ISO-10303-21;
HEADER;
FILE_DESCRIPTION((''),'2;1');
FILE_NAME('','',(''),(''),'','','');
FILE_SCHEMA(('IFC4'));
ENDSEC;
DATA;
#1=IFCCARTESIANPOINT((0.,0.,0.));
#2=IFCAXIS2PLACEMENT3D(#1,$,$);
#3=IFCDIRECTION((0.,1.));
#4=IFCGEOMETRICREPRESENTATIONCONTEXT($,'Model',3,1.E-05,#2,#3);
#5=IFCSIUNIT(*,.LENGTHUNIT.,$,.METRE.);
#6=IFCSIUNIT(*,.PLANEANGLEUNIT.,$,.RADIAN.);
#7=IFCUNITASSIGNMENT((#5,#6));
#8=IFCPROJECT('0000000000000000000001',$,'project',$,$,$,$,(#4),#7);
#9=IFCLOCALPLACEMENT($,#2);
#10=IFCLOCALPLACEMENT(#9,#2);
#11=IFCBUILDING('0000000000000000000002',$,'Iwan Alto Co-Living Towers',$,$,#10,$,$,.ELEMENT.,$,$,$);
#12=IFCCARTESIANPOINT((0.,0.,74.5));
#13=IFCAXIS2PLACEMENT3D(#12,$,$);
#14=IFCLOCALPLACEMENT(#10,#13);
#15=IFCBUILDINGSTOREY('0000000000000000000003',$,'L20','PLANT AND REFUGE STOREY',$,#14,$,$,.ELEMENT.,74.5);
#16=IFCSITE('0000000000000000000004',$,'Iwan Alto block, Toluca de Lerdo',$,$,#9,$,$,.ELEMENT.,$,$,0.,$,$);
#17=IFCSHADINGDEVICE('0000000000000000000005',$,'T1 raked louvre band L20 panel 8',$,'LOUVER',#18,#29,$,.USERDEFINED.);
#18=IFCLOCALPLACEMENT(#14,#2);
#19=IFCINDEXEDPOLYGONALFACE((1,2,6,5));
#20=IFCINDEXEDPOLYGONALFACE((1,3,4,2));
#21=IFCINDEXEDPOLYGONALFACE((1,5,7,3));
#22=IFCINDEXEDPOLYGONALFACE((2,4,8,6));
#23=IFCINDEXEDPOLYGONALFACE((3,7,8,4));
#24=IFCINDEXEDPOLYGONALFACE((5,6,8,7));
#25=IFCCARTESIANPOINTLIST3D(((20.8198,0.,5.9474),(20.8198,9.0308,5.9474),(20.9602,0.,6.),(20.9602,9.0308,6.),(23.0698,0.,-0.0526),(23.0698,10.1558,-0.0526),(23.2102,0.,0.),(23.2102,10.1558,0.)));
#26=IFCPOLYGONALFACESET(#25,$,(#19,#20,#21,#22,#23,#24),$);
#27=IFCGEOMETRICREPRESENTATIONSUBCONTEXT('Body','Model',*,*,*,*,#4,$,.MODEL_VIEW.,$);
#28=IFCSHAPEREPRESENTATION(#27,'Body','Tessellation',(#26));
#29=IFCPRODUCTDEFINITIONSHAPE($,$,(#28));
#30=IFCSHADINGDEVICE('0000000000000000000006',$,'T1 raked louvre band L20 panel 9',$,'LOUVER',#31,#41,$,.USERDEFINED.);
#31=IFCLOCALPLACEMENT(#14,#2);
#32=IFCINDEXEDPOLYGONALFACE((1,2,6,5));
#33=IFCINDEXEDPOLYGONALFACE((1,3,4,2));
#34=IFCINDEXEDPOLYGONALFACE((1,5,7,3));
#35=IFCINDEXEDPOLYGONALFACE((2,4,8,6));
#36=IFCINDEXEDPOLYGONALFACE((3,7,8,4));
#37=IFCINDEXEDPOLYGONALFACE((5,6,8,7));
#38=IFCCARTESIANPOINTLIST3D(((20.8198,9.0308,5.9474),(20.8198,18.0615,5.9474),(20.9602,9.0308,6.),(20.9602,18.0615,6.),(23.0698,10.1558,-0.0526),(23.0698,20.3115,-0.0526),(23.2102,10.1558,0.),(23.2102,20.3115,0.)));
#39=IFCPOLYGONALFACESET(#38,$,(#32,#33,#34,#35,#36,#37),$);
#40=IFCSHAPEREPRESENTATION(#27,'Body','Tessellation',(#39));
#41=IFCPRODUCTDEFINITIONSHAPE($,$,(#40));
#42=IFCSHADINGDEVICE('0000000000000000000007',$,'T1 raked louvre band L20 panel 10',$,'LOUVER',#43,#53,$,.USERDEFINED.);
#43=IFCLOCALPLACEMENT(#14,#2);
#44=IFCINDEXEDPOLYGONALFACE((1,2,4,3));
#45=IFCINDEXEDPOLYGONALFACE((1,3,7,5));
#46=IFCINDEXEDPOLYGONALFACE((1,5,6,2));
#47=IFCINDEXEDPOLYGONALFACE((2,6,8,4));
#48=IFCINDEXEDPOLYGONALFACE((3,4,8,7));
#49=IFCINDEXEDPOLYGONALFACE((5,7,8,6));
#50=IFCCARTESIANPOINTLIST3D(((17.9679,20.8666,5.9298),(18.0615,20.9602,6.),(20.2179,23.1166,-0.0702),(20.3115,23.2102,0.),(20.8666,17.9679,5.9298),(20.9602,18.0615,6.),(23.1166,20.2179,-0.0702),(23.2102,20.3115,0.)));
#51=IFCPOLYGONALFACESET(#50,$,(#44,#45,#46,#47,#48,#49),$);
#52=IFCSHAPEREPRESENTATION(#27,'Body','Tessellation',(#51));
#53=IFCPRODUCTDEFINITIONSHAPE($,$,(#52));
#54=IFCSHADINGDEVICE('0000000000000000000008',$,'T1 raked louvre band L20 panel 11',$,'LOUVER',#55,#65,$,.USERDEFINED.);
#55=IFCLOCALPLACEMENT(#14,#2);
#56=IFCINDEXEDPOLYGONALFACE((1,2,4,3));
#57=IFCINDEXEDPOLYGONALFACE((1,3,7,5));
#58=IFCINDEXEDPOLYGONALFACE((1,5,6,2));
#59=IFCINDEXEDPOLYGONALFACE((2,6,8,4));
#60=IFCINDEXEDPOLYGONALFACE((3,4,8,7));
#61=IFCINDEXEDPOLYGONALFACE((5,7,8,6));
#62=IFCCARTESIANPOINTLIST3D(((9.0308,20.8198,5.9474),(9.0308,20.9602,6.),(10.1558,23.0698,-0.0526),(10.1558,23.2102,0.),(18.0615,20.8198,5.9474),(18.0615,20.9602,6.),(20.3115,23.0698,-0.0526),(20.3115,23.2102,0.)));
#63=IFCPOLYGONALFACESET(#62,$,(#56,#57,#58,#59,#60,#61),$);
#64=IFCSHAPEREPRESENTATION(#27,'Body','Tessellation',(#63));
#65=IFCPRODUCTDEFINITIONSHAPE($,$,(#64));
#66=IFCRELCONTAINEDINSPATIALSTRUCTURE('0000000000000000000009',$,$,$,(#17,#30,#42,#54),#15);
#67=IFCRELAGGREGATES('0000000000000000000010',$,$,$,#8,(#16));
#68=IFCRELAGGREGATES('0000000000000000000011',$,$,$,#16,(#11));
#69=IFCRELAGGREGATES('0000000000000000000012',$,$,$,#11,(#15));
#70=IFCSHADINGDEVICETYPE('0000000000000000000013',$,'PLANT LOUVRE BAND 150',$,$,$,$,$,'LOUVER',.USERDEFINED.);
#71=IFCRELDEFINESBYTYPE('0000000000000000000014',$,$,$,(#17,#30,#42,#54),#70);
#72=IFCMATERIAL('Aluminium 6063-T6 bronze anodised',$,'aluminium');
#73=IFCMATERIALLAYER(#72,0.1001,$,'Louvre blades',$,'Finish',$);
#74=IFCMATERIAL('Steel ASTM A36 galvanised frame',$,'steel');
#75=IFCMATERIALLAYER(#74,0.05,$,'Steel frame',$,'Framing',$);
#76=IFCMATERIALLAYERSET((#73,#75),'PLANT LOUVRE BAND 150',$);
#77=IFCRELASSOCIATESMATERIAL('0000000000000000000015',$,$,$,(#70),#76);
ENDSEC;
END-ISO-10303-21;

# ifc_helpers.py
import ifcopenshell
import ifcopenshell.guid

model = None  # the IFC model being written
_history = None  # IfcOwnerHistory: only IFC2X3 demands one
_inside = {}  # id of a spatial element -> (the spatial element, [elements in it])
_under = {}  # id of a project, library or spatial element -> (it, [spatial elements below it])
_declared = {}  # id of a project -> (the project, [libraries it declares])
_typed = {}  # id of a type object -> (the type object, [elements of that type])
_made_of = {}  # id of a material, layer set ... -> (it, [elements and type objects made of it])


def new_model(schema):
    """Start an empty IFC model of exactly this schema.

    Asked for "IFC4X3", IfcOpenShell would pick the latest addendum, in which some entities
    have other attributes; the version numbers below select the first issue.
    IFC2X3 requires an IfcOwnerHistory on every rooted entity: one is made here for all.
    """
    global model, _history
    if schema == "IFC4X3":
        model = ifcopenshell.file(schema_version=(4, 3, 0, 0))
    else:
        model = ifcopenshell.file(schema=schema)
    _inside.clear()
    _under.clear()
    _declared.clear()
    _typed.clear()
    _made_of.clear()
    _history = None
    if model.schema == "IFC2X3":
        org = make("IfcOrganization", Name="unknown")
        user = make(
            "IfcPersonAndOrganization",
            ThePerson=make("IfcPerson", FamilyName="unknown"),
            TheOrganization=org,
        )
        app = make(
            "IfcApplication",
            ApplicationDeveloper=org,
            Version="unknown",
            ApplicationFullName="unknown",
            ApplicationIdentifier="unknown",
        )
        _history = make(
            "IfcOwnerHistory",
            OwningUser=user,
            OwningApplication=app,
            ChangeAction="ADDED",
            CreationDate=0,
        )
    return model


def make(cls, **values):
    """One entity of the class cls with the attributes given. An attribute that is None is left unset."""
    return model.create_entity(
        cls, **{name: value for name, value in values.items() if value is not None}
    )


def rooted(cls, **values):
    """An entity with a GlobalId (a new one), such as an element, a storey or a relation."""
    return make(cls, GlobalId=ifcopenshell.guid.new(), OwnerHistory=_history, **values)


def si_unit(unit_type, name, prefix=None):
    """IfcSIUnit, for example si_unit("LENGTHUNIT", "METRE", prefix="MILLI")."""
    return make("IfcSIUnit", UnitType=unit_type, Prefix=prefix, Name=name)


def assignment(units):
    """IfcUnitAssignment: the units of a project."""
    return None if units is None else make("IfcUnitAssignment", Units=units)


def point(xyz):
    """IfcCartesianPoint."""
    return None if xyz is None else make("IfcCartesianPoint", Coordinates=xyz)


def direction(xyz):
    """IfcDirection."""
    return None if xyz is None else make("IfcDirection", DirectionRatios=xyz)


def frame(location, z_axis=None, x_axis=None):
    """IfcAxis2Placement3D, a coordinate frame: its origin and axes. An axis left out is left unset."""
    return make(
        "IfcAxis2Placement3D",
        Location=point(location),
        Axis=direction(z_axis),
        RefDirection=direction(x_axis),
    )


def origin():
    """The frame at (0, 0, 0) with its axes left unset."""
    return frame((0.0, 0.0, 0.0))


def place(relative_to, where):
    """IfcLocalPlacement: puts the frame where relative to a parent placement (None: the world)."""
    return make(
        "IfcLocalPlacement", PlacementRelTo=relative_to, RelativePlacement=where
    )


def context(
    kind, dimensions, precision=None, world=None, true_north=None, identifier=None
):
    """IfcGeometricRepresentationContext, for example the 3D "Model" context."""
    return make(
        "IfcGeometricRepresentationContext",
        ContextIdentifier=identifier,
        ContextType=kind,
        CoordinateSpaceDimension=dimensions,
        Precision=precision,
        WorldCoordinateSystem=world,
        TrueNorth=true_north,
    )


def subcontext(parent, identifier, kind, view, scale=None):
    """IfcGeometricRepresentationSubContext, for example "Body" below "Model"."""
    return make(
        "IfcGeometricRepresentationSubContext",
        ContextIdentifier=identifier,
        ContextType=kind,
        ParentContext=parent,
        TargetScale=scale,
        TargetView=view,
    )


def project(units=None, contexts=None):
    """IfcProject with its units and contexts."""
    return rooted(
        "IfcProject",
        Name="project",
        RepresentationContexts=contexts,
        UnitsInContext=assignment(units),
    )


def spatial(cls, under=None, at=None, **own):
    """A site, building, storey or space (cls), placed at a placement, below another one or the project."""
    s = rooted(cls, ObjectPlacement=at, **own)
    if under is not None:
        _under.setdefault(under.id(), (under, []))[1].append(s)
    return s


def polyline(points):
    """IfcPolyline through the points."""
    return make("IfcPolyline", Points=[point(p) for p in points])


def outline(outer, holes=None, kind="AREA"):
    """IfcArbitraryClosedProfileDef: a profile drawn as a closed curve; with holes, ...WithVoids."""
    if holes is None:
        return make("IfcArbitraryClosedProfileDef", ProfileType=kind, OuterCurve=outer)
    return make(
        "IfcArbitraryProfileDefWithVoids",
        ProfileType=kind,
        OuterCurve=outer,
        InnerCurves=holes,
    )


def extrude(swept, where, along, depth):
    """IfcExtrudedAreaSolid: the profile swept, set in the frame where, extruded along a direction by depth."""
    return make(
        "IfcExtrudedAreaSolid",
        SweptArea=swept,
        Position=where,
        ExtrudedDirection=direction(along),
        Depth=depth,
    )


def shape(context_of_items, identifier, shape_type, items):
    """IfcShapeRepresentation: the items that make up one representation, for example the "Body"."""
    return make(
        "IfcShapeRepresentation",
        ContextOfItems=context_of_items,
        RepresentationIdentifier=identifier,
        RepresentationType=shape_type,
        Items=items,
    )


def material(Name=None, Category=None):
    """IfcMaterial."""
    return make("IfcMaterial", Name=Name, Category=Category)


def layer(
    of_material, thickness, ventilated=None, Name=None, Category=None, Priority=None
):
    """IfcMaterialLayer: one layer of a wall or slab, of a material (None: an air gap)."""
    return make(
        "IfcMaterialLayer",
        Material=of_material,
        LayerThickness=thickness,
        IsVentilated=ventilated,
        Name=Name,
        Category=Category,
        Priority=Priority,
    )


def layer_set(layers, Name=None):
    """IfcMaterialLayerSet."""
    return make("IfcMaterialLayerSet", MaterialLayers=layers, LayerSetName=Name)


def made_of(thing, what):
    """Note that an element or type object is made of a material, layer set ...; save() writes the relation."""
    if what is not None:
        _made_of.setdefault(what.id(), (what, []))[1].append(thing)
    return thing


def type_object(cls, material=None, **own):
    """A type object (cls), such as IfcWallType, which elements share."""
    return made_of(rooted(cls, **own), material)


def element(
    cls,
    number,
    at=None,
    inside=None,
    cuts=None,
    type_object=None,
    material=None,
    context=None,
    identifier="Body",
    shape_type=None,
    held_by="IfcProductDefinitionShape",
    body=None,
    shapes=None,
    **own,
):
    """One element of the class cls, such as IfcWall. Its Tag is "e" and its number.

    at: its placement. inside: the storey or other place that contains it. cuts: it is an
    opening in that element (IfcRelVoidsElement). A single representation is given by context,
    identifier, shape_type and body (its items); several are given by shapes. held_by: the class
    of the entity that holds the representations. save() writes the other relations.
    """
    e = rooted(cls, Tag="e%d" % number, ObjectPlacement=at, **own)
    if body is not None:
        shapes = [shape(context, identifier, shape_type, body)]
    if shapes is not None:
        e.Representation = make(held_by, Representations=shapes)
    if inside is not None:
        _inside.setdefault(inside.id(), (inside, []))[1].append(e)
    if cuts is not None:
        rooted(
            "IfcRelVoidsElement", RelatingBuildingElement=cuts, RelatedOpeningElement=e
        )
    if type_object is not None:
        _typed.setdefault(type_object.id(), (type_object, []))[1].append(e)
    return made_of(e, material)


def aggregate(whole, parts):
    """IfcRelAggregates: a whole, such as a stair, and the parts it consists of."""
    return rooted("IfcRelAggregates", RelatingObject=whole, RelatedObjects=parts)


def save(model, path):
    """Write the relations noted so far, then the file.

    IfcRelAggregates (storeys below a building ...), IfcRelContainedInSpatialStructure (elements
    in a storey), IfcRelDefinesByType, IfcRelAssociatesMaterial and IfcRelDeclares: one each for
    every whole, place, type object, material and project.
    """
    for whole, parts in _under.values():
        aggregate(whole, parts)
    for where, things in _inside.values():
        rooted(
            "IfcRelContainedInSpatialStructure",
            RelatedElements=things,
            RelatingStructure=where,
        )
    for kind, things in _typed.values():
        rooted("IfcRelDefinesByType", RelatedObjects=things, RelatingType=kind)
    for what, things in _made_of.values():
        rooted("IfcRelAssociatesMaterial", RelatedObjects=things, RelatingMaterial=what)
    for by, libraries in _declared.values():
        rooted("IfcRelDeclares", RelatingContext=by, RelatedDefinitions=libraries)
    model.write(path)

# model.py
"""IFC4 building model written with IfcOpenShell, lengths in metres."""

from ifc_helpers import new_model, si_unit, direction, frame, origin, place, context, subcontext, project, spatial, polyline, outline, extrude, material, layer, layer_set, type_object, element, save


model = new_model("IFC4")

# Units and contexts
model_context = context("Model", 3, precision=1e-05, world=origin(), true_north=direction((0.0, 1.0)))
body_context = subcontext(model_context, "Body", "Model", "MODEL_VIEW")
ifc_project = project(units=[si_unit("LENGTHUNIT", "METRE"), si_unit("PLANEANGLEUNIT", "RADIAN")], contexts=[model_context])

# Site, building, storey
site_placement = place(None, origin())
site = spatial("IfcSite", under=ifc_project, at=site_placement, Name="Iwan Alto block, Toluca de Lerdo", CompositionType="ELEMENT", RefElevation=0.0)
building_placement = place(site_placement, origin())
building = spatial("IfcBuilding", under=site, at=building_placement, Name="Iwan Alto Co-Living Towers", CompositionType="ELEMENT")
storey_placement = place(building_placement, frame((0.0, 0.0, 74.5)))
storey = spatial("IfcBuildingStorey", under=building, at=storey_placement, Name="L20", Description="PLANT AND REFUGE STOREY", CompositionType="ELEMENT", Elevation=74.5)

# Shared definitions
ifc_material_1 = material(Name="Aluminium 6063-T6 bronze anodised", Category="aluminium")

# Shading devices
ifc_layer_1 = layer(ifc_material_1, 0.1001, Name="Louvre blades", Category="Finish")
ifc_material_2 = material(Name="Steel ASTM A36 galvanised frame", Category="steel")
ifc_layer_2 = layer(ifc_material_2, 0.05, Name="Steel frame", Category="Framing")
ifc_layer_set_1 = layer_set([ifc_layer_1, ifc_layer_2], Name="PLANT LOUVRE BAND 150")
shading_device_type_1 = type_object("IfcShadingDeviceType", Name="PLANT LOUVRE BAND 150", ElementType="LOUVER", PredefinedType="USERDEFINED", material=ifc_layer_set_1)
shading_device_1_placement = place(storey_placement, frame((23.2102, 0.0, 0.0), z_axis=(0.936329, 0.0, 0.351123), x_axis=(0.0, 1.0, 0.0)))
element("IfcShadingDevice", 1, at=shading_device_1_placement, inside=storey, type_object=shading_device_type_1, Name="T1 raked louvre band L20 panel 8", ObjectType="LOUVER", PredefinedType="USERDEFINED", context=body_context, shape_type="SweptSolid", body=[
    extrude(outline(polyline([(0.0, 0.0), (10.1558, 0.0), (9.0308, 6.408), (0.0, 6.408), (0.0, 0.0)])), origin(), (0.0, 0.0, -1.0), 0.1499),
])
shading_device_2_placement = place(storey_placement, frame((23.2102, 10.1558, 0.0), z_axis=(0.936329, 0.0, 0.351123), x_axis=(0.0, 1.0, 0.0)))
element("IfcShadingDevice", 2, at=shading_device_2_placement, inside=storey, type_object=shading_device_type_1, Name="T1 raked louvre band L20 panel 9", ObjectType="LOUVER", PredefinedType="USERDEFINED", context=body_context, shape_type="SweptSolid", body=[
    extrude(outline(polyline([(0.0, 0.0), (10.1558, 0.0), (7.9058, 6.408), (-1.125, 6.408), (0.0, 0.0)])), origin(), (0.0, 0.0, -1.0), 0.1499),
])
shading_device_3_placement = place(storey_placement, frame((23.2102, 20.3115, 0.0), z_axis=(0.624695, 0.624695, 0.468521), x_axis=(-0.707107, 0.707107, 0.0)))
element("IfcShadingDevice", 3, at=shading_device_3_placement, inside=storey, type_object=shading_device_type_1, Name="T1 raked louvre band L20 panel 10", ObjectType="LOUVER", PredefinedType="USERDEFINED", context=body_context, shape_type="SweptSolid", body=[
    extrude(outline(polyline([(0.0, 0.0), (4.0994, 0.0), (4.0994, 6.7915), (0.0, 6.7915), (0.0, 0.0)])), origin(), (0.0, 0.0, -1.0), 0.1499),
])
shading_device_4_placement = place(storey_placement, frame((20.3115, 23.2102, 0.0), z_axis=(0.0, 0.936329, 0.351123), x_axis=(-1.0, 0.0, 0.0)))
element("IfcShadingDevice", 4, at=shading_device_4_placement, inside=storey, type_object=shading_device_type_1, Name="T1 raked louvre band L20 panel 11", ObjectType="LOUVER", PredefinedType="USERDEFINED", context=body_context, shape_type="SweptSolid", body=[
    extrude(outline(polyline([(0.0, 0.0), (10.1558, 0.0), (11.2808, 6.408), (2.25, 6.408), (0.0, 0.0)])), origin(), (0.0, 0.0, -1.0), 0.1499),
])

save(model, "model.ifc")
